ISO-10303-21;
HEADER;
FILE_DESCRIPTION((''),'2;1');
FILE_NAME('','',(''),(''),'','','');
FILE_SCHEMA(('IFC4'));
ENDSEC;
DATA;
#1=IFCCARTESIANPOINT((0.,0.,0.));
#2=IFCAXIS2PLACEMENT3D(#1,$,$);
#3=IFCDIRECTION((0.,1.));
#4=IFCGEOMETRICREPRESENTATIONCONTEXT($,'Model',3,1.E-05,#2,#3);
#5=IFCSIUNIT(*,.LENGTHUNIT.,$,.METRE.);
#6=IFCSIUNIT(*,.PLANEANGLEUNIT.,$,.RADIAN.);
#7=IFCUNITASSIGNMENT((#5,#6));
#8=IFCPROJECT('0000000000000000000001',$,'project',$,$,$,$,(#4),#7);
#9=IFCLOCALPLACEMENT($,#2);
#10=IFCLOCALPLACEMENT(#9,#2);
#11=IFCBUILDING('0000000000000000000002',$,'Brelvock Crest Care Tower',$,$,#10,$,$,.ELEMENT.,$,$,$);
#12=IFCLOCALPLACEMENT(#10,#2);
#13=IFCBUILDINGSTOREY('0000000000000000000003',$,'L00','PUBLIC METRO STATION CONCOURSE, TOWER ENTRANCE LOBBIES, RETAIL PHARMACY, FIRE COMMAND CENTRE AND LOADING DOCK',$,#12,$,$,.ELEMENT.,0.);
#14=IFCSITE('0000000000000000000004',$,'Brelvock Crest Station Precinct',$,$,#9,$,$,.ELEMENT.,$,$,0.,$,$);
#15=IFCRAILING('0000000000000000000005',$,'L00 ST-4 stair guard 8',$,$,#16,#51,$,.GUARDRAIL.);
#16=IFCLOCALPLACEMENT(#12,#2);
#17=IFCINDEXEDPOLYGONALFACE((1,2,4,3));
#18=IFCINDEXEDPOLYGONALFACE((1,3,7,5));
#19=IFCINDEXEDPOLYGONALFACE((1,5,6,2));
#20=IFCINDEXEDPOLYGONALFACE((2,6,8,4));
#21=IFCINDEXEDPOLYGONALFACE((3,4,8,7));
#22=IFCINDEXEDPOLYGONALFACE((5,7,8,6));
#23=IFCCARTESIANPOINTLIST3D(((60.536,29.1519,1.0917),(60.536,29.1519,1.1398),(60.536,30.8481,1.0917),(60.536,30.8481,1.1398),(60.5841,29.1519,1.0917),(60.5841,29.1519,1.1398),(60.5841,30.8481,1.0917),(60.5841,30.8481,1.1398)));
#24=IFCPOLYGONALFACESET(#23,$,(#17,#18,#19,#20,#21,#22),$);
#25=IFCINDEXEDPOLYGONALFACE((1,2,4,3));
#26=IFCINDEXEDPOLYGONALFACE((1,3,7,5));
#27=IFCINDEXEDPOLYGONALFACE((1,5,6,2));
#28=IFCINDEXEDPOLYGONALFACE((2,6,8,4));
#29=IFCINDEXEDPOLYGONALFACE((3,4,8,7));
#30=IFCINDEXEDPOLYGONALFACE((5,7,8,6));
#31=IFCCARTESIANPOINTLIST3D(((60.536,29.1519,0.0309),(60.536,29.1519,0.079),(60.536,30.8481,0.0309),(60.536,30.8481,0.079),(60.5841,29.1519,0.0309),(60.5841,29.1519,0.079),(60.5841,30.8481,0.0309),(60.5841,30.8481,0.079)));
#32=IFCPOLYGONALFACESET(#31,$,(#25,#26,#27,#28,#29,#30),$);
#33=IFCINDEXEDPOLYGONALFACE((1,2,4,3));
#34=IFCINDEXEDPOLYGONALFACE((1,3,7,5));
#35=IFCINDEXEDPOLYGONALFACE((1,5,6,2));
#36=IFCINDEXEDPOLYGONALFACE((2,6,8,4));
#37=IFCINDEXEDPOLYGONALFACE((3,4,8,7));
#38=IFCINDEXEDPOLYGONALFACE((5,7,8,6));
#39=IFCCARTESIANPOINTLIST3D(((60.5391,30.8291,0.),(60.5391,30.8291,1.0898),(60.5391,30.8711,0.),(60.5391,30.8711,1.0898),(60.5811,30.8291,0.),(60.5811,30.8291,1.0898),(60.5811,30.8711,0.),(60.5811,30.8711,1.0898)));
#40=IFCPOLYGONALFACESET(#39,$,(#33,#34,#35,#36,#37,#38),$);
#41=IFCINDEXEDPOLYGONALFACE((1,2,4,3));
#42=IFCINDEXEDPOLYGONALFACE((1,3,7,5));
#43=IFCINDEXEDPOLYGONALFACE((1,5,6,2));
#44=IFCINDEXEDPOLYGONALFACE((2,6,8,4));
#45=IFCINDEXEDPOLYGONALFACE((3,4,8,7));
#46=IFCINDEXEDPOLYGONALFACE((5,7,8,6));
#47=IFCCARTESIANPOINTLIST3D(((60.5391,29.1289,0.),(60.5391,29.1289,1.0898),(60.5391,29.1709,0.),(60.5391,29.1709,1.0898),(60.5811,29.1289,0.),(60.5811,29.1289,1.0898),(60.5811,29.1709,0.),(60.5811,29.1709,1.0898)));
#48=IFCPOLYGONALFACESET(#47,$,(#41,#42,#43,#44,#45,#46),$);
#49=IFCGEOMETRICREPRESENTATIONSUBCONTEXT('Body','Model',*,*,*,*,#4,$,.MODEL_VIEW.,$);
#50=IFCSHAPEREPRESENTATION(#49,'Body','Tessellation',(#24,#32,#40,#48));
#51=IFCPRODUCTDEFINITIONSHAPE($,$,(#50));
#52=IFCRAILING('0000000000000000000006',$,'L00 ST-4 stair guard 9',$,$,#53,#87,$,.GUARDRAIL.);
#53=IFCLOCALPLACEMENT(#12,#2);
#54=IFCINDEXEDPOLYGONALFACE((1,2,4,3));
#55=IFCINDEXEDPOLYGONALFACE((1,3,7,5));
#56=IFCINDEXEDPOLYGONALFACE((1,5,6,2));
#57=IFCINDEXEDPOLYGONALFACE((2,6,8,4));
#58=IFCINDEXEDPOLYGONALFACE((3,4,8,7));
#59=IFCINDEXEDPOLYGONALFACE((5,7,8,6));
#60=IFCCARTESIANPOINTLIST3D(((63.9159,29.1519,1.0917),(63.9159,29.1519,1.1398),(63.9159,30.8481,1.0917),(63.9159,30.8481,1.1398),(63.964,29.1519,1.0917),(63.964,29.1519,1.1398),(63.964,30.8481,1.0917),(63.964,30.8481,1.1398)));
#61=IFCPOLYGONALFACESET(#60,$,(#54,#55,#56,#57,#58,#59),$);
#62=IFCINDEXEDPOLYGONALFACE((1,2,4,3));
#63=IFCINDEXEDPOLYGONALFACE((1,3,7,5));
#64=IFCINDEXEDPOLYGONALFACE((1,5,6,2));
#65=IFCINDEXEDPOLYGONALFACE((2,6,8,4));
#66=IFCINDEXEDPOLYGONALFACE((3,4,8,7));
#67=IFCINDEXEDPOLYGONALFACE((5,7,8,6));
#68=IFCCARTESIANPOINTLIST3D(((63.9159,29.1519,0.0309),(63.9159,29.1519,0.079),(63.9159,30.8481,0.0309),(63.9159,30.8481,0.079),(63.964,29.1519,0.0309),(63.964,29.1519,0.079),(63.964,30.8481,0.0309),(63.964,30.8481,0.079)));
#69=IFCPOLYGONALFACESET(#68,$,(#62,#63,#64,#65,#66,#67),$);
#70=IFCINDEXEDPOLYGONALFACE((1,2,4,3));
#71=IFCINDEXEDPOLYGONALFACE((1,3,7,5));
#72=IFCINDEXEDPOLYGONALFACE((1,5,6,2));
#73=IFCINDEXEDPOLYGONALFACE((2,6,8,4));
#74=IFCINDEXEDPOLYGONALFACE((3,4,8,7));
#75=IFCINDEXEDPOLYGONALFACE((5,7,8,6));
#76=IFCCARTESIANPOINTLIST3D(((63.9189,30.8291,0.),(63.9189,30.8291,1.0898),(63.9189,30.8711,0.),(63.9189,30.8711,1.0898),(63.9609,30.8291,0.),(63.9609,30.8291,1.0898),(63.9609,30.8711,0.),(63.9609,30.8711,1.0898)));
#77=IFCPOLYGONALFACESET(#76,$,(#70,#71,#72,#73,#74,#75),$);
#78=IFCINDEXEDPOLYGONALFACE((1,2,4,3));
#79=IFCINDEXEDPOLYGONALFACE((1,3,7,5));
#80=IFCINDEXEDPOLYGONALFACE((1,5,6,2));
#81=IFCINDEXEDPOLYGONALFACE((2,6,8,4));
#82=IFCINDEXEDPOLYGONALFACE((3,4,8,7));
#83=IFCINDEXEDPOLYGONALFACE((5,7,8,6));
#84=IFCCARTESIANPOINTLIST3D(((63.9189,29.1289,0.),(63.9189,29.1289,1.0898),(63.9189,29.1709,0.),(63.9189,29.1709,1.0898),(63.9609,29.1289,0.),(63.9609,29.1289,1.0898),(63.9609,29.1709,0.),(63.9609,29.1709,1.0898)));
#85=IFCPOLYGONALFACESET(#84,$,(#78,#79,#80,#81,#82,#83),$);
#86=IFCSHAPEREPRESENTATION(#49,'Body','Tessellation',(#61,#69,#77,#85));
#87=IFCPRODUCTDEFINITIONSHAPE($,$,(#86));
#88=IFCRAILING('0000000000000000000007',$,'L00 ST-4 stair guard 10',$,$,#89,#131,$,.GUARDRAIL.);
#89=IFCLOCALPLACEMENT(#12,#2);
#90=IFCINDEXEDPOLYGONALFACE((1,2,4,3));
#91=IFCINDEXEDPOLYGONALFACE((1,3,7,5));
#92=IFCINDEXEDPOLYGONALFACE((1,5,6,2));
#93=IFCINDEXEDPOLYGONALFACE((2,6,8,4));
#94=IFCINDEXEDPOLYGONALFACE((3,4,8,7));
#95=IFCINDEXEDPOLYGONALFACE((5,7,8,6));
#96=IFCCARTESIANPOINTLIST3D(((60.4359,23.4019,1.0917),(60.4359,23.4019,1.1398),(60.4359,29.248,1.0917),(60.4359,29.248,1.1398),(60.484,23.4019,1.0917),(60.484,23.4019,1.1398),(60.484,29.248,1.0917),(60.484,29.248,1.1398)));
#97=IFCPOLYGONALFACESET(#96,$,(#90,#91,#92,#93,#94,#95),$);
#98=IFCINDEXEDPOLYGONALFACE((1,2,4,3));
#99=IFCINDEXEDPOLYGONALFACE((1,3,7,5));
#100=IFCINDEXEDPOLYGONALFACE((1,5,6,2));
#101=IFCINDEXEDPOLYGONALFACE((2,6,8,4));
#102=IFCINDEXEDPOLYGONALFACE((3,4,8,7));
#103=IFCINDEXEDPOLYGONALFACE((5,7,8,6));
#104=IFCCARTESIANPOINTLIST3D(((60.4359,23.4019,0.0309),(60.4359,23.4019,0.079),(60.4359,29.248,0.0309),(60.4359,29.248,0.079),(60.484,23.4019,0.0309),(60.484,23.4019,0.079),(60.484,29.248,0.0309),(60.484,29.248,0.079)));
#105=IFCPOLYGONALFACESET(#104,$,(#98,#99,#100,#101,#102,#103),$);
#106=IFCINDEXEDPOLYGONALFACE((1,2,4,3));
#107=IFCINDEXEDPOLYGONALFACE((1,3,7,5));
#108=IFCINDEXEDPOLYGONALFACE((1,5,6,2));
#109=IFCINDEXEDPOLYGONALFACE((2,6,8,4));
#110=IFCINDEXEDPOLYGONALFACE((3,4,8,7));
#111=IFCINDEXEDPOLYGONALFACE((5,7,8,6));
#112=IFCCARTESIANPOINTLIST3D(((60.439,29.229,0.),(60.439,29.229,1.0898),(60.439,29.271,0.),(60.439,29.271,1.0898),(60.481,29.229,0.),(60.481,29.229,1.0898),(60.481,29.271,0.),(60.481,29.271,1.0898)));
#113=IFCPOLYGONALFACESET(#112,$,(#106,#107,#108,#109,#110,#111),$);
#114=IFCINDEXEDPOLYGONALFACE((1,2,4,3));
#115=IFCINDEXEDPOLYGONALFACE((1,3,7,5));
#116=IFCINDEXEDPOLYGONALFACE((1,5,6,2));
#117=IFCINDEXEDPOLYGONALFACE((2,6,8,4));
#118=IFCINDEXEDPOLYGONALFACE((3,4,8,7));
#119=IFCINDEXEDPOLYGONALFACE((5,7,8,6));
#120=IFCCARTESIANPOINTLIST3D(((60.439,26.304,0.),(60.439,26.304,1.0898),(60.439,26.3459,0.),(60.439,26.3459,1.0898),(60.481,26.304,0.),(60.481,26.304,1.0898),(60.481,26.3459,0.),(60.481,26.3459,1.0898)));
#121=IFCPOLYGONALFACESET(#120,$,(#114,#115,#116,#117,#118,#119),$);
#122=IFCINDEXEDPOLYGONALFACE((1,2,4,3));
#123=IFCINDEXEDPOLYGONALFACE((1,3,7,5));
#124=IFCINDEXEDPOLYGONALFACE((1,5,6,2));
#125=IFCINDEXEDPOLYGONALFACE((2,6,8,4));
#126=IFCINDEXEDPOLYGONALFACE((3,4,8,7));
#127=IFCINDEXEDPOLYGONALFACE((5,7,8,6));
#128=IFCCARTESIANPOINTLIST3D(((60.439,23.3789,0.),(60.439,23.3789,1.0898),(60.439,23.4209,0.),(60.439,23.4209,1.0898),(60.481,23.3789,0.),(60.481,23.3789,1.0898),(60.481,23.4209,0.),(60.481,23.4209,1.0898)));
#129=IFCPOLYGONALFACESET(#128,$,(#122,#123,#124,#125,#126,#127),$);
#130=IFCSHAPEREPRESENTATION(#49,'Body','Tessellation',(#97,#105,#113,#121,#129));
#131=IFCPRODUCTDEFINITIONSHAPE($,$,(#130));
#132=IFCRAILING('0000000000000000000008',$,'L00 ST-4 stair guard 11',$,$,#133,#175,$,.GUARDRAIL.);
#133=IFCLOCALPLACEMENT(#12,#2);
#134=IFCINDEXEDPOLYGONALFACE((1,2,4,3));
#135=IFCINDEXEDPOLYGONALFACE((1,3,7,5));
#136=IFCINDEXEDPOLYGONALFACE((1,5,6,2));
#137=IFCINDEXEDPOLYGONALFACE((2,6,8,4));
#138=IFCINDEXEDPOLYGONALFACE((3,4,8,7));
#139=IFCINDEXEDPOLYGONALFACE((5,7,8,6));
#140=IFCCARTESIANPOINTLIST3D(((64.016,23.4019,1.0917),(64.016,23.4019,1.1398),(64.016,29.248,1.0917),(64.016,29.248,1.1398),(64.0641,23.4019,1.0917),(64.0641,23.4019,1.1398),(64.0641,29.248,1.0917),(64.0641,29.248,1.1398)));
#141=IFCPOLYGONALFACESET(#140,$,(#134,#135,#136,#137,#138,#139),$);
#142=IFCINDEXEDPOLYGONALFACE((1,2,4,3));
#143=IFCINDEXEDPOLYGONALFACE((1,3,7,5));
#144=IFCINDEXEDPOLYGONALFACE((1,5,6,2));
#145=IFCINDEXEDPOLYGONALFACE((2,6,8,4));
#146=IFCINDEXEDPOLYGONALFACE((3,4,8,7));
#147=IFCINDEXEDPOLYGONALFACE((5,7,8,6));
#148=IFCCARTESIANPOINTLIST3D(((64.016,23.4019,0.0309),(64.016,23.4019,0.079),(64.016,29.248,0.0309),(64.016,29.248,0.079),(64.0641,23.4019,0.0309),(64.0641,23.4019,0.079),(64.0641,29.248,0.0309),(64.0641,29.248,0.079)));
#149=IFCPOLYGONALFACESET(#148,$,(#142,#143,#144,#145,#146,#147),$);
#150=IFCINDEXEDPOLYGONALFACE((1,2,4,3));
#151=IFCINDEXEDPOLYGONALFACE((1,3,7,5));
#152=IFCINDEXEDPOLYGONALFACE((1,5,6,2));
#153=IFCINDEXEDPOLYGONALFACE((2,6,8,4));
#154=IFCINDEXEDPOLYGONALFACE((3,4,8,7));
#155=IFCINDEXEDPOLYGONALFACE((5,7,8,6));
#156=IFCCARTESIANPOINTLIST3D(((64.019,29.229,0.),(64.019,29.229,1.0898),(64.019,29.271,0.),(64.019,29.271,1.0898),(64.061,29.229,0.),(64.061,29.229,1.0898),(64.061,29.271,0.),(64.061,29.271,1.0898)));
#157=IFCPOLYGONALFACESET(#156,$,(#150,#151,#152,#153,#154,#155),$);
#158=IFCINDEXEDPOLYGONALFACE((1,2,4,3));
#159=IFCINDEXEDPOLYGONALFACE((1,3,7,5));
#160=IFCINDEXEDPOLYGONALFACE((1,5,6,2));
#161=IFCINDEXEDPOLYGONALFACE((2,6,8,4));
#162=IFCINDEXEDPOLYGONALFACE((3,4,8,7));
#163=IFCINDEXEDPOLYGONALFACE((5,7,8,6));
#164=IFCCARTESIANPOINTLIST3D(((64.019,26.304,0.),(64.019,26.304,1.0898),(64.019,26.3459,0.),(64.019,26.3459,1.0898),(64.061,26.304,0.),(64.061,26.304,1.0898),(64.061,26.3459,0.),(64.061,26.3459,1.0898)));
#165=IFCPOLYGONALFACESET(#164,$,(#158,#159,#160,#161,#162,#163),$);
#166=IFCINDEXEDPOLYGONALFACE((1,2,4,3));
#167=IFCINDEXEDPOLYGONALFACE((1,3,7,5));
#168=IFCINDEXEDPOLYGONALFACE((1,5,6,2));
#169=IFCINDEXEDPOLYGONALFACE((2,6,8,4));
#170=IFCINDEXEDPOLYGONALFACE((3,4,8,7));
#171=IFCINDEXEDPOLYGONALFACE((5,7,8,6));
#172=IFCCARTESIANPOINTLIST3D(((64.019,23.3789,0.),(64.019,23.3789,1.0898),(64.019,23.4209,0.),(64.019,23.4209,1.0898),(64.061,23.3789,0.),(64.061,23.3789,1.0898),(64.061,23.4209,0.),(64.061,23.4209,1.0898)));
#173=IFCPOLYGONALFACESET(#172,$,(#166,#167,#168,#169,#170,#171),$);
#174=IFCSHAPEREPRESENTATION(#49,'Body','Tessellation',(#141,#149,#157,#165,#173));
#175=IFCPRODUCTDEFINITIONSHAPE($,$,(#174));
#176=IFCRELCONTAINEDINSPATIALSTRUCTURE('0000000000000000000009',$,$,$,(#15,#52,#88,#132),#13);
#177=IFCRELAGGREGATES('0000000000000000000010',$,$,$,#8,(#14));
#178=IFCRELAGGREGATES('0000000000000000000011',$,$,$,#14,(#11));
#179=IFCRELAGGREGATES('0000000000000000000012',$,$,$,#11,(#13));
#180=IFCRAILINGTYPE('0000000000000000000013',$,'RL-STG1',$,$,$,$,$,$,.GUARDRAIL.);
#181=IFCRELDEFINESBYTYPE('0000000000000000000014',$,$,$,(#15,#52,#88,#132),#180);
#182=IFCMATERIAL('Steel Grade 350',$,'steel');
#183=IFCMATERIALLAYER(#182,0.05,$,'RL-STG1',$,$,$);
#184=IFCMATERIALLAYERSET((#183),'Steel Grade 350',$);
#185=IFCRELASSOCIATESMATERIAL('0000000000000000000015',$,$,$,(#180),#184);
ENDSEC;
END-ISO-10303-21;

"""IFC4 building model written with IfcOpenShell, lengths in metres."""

from ifc_helpers import new_model, si_unit, direction, frame, origin, origin_2d, place, context, subcontext, project, spatial, rectangle, extrude, material, layer, layer_set, type_object, element, save


model = new_model("IFC4")

# Units and contexts
model_context = context("Model", 3, precision=1e-05, world=origin(), true_north=direction((0.0, 1.0)))
body_context = subcontext(model_context, "Body", "Model", "MODEL_VIEW")
ifc_project = project(units=[si_unit("LENGTHUNIT", "METRE"), si_unit("PLANEANGLEUNIT", "RADIAN")], contexts=[model_context])

# Site, building, storey
site_placement = place(None, origin())
site = spatial("IfcSite", under=ifc_project, at=site_placement, Name="Brelvock Crest Station Precinct", CompositionType="ELEMENT", RefElevation=0.0)
building_placement = place(site_placement, origin())
building = spatial("IfcBuilding", under=site, at=building_placement, Name="Brelvock Crest Care Tower", CompositionType="ELEMENT")
storey_placement = place(building_placement, origin())
storey = spatial("IfcBuildingStorey", under=building, at=storey_placement, Name="L00", Description="PUBLIC METRO STATION CONCOURSE, TOWER ENTRANCE LOBBIES, RETAIL PHARMACY, FIRE COMMAND CENTRE AND LOADING DOCK", CompositionType="ELEMENT", Elevation=0.0)

# Railings
ifc_material_1 = material(Name="Steel Grade 350", Category="steel")
ifc_layer_1 = layer(ifc_material_1, 0.05, Name="RL-STG1")
ifc_layer_set_1 = layer_set([ifc_layer_1], Name="Steel Grade 350")
railing_type = type_object("IfcRailingType", Name="RL-STG1", PredefinedType="GUARDRAIL", material=ifc_layer_set_1)
for number, where, name in (
    (1, (60.5601, 30.8501, 0.0), "L00 ST-4 stair guard 8"),
    (2, (63.9399, 30.8501, 0.0), "L00 ST-4 stair guard 9"),
):
    element("IfcRailing", number, at=place(storey_placement, frame(where)), inside=storey, type_object=railing_type, Name=name, PredefinedType="GUARDRAIL", context=body_context, shape_type="SweptSolid", body=[
        extrude(rectangle(XDim=0.0481, YDim=0.0481, at=origin_2d()), frame((0.0, -0.002, 1.1157), z_axis=(0.0, -1.0, 0.0), x_axis=(1.0, 0.0, 0.0)), (0.0, 0.0, 1.0), 1.6963),
        extrude(rectangle(XDim=0.0481, YDim=0.0481, at=origin_2d()), frame((0.0, -0.002, 0.0549), z_axis=(0.0, -1.0, 0.0), x_axis=(1.0, 0.0, 0.0)), (0.0, 0.0, 1.0), 1.6963),
        extrude(rectangle(XDim=0.042, YDim=0.042, at=origin_2d()), origin(), (0.0, 0.0, 1.0), 1.0898),
        extrude(rectangle(XDim=0.042, YDim=0.042, at=origin_2d()), frame((0.0, -1.7002, 0.0)), (0.0, 0.0, 1.0), 1.0898),
    ])
for number, where, name in (
    (3, (60.46, 29.25, 0.0), "L00 ST-4 stair guard 10"),
    (4, (64.04, 29.25, 0.0), "L00 ST-4 stair guard 11"),
):
    element("IfcRailing", number, at=place(storey_placement, frame(where)), inside=storey, type_object=railing_type, Name=name, PredefinedType="GUARDRAIL", context=body_context, shape_type="SweptSolid", body=[
        extrude(rectangle(XDim=0.0481, YDim=0.0481, at=origin_2d()), frame((0.0, -0.002, 1.1157), z_axis=(0.0, -1.0, 0.0), x_axis=(1.0, 0.0, 0.0)), (0.0, 0.0, 1.0), 5.8462),
        extrude(rectangle(XDim=0.0481, YDim=0.0481, at=origin_2d()), frame((0.0, -0.002, 0.0549), z_axis=(0.0, -1.0, 0.0), x_axis=(1.0, 0.0, 0.0)), (0.0, 0.0, 1.0), 5.8462),
        extrude(rectangle(XDim=0.042, YDim=0.042, at=origin_2d()), origin(), (0.0, 0.0, 1.0), 1.0898),
        extrude(rectangle(XDim=0.042, YDim=0.042, at=origin_2d()), frame((0.0, -2.925, 0.0)), (0.0, 0.0, 1.0), 1.0898),
        extrude(rectangle(XDim=0.042, YDim=0.042, at=origin_2d()), frame((0.0, -5.8501, 0.0)), (0.0, 0.0, 1.0), 1.0898),
    ])

save(model, "model.ifc")
